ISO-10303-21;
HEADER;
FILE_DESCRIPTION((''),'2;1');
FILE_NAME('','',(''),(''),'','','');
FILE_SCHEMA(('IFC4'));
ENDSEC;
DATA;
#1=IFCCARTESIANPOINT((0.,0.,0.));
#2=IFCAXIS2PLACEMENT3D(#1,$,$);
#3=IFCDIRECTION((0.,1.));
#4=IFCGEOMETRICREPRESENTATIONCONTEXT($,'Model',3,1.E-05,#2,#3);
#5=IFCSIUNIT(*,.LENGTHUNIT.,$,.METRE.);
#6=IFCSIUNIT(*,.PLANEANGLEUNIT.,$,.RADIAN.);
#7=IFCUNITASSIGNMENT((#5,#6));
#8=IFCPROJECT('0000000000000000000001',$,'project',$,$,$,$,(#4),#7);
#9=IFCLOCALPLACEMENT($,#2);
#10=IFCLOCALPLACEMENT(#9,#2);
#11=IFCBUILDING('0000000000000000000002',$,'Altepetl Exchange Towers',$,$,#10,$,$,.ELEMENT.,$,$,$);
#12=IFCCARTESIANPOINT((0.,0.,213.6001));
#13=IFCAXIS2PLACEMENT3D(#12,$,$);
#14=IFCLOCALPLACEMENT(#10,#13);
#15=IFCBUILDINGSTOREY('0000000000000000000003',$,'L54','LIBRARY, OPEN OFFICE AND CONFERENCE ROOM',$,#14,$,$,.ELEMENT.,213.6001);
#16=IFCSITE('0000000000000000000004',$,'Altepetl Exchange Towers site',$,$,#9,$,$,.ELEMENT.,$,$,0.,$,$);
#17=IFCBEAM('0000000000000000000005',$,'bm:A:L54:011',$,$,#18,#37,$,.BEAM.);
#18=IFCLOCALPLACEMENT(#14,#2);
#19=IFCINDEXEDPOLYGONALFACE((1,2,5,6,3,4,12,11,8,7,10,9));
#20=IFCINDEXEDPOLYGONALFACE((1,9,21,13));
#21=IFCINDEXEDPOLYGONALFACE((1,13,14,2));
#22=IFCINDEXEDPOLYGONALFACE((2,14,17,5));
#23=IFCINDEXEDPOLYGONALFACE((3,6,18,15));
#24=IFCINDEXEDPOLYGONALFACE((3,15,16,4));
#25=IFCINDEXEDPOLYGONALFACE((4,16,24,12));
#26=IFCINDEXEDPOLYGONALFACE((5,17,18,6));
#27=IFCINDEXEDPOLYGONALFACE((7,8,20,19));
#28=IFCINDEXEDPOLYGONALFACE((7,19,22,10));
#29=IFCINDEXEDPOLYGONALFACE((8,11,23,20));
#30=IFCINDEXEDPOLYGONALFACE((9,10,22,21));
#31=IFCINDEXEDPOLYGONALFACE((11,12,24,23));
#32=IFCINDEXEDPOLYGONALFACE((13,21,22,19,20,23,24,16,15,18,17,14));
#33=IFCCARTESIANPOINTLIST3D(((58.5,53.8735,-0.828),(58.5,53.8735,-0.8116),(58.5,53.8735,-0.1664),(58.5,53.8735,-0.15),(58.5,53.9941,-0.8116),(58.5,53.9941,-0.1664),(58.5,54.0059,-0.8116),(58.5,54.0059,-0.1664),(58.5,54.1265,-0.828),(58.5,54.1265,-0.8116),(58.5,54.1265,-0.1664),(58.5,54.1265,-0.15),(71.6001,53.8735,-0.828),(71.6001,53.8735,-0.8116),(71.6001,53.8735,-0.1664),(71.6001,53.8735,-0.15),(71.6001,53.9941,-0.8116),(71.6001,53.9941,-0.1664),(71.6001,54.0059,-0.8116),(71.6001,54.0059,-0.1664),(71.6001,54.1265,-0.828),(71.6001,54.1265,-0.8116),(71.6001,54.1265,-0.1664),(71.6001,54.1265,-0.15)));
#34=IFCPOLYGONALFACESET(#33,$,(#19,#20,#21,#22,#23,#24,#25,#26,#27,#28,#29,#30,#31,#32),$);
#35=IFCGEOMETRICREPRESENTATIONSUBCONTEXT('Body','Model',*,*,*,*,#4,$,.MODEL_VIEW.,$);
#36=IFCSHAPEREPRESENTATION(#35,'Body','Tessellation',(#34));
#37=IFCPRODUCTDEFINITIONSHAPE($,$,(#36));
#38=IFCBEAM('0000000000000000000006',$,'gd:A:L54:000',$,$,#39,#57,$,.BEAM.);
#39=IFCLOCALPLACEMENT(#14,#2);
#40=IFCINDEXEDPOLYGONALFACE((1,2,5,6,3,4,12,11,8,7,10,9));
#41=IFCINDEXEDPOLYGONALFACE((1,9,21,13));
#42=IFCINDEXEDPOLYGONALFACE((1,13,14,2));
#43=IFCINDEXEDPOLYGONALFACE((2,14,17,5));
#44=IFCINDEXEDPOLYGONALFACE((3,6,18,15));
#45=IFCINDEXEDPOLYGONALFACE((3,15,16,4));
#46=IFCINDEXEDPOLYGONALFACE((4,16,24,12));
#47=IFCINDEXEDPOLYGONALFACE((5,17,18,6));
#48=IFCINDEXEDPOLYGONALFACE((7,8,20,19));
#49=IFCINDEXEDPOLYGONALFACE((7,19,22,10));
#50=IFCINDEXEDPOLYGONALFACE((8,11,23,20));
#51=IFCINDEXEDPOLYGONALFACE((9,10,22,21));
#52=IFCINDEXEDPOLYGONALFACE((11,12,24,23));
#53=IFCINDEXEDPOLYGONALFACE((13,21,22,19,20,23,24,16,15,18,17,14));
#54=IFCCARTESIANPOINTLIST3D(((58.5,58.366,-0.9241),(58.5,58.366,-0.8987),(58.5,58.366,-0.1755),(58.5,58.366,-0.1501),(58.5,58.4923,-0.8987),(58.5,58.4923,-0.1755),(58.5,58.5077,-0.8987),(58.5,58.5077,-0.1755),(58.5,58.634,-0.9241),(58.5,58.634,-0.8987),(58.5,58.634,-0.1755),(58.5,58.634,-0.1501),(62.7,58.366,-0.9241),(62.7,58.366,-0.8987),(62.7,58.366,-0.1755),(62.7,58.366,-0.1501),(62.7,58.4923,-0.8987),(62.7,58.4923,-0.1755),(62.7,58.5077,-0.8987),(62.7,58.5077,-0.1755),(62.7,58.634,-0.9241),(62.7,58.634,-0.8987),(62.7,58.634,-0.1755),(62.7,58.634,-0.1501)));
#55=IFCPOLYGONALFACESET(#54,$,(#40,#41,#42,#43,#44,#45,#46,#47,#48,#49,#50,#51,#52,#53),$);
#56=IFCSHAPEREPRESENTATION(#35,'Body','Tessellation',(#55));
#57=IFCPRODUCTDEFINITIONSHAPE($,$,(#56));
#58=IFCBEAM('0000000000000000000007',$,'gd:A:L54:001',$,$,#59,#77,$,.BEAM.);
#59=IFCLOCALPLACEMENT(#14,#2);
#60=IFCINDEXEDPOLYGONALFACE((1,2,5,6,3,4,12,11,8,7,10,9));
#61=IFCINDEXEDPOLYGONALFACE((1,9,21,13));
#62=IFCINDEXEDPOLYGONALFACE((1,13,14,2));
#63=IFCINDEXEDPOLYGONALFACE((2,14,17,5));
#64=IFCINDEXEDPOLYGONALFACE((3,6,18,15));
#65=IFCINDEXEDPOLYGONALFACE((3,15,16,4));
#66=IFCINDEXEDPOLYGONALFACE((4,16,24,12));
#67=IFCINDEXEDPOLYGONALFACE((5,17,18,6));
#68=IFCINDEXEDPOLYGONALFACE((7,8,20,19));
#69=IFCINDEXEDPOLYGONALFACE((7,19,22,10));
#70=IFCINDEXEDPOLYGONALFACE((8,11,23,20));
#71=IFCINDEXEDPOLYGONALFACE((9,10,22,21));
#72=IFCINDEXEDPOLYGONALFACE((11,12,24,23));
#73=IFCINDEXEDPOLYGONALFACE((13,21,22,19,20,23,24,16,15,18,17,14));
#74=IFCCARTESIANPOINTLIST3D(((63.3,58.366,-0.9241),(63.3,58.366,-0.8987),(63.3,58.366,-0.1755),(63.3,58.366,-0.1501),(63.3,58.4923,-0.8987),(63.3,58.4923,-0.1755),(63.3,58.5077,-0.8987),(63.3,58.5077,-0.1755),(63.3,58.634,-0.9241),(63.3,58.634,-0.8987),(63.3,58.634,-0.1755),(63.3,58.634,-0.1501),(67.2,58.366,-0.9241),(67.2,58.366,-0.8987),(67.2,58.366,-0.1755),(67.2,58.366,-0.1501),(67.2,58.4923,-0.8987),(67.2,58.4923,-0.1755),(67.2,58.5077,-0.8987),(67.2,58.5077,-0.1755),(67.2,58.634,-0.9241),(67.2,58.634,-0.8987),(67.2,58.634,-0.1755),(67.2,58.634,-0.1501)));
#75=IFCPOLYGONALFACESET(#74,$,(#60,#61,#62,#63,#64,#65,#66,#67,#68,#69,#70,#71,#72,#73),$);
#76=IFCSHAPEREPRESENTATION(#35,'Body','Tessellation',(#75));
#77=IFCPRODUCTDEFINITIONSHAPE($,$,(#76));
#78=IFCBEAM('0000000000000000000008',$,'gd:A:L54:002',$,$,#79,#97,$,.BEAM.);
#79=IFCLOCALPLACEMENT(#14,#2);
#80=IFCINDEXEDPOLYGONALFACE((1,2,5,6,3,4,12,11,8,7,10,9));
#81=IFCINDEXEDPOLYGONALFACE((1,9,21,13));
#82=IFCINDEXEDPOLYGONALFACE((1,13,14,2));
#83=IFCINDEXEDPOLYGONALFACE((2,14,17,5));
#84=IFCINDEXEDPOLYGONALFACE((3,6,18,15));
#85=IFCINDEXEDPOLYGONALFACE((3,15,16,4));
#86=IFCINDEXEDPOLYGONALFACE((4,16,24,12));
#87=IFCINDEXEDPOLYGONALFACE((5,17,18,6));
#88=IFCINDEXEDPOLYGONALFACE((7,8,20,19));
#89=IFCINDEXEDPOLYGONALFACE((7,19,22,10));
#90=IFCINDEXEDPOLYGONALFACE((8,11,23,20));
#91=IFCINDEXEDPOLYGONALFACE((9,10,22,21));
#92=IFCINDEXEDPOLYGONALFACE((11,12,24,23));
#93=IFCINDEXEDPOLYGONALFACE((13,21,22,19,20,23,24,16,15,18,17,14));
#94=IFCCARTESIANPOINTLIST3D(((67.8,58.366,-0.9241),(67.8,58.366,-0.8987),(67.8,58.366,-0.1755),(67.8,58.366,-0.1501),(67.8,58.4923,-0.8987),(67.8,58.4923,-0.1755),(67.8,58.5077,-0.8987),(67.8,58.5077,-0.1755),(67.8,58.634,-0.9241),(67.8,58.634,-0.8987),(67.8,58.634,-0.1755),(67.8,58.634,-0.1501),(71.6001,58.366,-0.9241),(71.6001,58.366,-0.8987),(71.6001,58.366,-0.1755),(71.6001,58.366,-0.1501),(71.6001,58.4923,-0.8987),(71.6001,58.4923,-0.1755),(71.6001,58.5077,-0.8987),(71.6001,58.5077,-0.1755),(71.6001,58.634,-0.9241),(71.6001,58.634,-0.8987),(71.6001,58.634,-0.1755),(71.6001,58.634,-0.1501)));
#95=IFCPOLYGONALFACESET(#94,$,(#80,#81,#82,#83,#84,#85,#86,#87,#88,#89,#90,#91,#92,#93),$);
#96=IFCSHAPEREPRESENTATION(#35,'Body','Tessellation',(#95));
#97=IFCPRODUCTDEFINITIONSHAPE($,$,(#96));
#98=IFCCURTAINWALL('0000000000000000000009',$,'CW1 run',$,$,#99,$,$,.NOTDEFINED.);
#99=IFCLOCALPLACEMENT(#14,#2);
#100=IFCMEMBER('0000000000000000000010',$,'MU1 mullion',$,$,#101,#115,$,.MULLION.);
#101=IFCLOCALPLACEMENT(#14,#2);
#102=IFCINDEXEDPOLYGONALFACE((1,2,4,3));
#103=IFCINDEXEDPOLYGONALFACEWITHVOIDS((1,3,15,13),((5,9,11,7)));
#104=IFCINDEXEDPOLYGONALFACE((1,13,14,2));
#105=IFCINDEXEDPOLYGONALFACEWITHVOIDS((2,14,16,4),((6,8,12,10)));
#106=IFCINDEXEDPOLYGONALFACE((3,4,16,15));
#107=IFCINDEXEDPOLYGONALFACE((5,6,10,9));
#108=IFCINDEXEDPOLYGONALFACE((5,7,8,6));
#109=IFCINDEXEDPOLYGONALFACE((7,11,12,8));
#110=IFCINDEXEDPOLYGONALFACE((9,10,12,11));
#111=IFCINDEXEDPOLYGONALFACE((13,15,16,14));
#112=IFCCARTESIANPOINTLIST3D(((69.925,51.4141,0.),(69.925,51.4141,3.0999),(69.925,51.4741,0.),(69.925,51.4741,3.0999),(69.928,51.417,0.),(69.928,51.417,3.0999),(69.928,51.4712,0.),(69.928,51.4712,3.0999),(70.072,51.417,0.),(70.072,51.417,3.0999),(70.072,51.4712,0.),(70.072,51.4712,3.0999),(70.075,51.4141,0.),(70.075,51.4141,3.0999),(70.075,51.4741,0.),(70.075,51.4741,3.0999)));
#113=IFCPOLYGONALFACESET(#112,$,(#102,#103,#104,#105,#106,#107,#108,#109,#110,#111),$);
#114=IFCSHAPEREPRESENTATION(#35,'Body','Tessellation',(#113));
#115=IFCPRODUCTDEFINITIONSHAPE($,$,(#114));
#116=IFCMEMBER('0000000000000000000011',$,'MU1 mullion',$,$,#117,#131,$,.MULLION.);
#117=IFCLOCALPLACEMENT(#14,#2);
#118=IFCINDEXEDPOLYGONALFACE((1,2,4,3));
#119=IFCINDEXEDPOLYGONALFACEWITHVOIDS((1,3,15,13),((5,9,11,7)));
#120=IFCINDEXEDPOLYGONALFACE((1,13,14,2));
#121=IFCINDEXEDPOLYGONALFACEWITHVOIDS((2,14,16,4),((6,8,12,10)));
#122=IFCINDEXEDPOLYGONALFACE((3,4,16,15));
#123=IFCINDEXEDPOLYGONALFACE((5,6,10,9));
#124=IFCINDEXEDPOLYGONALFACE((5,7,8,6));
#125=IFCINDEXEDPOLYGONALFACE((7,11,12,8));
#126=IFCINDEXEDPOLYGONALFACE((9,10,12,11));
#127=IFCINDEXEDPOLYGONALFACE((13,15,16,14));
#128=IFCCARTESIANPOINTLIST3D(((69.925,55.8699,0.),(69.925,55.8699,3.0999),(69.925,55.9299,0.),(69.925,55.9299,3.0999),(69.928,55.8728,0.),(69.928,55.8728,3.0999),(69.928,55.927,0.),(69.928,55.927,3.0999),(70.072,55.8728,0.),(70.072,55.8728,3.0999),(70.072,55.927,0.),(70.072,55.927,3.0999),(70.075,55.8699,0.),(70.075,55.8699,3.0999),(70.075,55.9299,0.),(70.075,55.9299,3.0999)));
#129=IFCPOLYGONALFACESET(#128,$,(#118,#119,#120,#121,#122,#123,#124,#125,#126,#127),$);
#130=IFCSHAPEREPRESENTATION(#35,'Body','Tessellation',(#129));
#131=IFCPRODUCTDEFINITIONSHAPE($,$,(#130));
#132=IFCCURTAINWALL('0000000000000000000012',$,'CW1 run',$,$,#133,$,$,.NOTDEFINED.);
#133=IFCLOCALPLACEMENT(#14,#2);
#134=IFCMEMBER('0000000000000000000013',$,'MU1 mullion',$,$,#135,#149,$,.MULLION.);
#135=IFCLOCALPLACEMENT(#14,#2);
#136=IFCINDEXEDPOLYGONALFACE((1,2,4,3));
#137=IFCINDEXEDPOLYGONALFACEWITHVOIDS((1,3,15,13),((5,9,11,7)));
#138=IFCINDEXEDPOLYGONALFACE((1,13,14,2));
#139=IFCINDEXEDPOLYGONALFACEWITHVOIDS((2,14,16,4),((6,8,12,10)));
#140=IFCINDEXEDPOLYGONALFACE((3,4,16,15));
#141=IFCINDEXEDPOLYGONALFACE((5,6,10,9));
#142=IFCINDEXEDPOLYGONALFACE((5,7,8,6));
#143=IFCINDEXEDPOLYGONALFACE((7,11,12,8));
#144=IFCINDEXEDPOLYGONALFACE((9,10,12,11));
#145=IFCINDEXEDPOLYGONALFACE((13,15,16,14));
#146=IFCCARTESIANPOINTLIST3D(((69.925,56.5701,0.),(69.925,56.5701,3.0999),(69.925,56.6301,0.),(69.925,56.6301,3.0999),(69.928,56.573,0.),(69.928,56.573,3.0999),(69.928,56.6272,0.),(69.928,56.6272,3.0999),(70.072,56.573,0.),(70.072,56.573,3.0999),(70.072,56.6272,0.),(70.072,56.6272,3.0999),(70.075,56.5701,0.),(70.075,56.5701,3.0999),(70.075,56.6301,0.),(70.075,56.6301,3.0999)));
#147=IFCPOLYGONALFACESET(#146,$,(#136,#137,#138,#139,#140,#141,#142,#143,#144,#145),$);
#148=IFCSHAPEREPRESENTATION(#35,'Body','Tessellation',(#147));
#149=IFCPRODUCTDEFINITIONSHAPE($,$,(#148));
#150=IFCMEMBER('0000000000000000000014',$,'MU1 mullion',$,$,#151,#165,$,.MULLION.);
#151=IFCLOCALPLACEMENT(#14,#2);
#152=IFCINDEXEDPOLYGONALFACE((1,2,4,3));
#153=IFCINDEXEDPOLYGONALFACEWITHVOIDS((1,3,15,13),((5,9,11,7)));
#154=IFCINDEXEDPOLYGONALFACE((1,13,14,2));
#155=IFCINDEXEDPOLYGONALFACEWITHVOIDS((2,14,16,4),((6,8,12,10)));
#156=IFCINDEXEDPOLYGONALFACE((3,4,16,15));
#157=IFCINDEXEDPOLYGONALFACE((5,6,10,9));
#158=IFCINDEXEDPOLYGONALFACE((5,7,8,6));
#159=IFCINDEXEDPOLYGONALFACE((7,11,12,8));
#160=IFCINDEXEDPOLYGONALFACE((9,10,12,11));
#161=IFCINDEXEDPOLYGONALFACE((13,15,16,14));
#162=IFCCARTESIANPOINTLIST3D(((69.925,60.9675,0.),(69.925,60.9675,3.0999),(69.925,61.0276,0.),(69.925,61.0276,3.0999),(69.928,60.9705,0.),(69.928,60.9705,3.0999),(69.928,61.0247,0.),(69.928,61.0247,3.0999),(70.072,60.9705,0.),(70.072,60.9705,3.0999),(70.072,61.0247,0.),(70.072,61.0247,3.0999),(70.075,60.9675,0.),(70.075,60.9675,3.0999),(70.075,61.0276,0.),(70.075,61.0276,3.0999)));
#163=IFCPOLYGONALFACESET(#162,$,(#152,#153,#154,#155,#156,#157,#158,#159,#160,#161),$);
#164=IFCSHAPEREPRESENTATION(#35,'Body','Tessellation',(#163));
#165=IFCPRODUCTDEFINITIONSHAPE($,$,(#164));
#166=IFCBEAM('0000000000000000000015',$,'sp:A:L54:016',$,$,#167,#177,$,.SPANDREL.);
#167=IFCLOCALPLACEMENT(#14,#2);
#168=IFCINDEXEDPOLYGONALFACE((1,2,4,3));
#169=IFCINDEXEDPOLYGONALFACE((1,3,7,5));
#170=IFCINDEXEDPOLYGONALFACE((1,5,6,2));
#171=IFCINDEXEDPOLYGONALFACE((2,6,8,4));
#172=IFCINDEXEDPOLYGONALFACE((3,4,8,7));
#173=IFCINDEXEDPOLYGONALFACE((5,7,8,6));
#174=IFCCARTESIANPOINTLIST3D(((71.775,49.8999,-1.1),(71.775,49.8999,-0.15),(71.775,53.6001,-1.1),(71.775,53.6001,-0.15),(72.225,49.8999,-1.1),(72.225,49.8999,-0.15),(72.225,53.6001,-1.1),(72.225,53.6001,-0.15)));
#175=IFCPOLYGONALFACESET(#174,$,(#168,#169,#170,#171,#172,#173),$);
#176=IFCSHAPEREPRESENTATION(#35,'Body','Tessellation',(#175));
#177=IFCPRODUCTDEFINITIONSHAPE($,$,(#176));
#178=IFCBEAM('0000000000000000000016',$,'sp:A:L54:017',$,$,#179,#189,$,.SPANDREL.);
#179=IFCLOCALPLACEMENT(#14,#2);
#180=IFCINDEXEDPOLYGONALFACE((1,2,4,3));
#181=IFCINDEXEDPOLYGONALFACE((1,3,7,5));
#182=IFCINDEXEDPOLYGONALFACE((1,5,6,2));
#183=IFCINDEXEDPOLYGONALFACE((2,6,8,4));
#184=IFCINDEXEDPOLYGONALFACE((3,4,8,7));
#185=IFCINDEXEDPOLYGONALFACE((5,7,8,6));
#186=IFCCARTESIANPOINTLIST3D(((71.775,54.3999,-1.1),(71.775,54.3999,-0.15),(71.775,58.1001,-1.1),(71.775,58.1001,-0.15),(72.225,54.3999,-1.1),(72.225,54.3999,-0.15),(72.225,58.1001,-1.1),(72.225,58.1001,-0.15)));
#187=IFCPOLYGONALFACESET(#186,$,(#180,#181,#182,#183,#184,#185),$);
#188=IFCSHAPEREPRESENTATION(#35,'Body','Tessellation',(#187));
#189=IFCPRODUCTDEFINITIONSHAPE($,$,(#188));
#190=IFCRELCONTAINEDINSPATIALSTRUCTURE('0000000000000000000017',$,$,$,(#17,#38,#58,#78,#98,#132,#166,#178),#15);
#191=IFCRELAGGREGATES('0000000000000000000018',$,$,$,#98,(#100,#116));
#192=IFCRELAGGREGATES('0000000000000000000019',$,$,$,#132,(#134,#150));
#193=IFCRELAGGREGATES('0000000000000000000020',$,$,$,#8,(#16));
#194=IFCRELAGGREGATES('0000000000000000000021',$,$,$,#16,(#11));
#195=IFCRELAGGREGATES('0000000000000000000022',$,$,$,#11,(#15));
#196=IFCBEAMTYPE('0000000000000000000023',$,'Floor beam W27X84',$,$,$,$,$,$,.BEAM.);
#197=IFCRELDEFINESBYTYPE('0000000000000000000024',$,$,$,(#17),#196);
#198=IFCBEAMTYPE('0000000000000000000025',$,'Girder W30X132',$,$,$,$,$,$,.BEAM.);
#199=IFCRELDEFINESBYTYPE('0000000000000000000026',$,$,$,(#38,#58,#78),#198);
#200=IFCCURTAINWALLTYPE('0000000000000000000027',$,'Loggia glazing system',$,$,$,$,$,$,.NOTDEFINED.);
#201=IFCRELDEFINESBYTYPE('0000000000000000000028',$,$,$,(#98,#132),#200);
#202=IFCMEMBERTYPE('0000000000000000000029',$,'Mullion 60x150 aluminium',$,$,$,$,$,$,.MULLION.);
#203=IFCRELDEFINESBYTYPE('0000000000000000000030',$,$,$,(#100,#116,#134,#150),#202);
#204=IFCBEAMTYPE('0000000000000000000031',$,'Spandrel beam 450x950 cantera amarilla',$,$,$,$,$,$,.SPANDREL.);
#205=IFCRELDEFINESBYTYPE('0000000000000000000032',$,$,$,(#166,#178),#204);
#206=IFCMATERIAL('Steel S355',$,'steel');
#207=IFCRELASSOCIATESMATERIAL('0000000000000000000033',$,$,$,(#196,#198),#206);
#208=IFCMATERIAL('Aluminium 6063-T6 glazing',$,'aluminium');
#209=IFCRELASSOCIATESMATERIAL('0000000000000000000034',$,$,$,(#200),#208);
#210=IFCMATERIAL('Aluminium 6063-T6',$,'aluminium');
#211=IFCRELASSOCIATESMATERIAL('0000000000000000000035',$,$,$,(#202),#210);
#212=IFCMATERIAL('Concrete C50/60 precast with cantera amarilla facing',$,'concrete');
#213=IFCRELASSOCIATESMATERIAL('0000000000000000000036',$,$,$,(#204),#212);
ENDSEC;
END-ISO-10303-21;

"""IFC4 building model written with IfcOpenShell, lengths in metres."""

from ifc_helpers import new_model, si_unit, direction, frame, origin, origin_2d, place, context, subcontext, project, spatial, rectangle, hollow_rectangle, i_section, extrude, material, material_profile, profile_set, type_object, element, aggregate, save


model = new_model("IFC4")

# Units and contexts
model_context = context("Model", 3, precision=1e-05, world=origin(), true_north=direction((0.0, 1.0)))
body_context = subcontext(model_context, "Body", "Model", "MODEL_VIEW")
ifc_project = project(units=[si_unit("LENGTHUNIT", "METRE"), si_unit("PLANEANGLEUNIT", "RADIAN")], contexts=[model_context])

# Site, building, storey
site_placement = place(None, origin())
site = spatial("IfcSite", under=ifc_project, at=site_placement, Name="Altepetl Exchange Towers site", CompositionType="ELEMENT", RefElevation=0.0)
building_placement = place(site_placement, origin())
building = spatial("IfcBuilding", under=site, at=building_placement, Name="Altepetl Exchange Towers", CompositionType="ELEMENT")
storey_placement = place(building_placement, frame((0.0, 0.0, 213.6001)))
storey = spatial("IfcBuildingStorey", under=building, at=storey_placement, Name="L54", Description="LIBRARY, OPEN OFFICE AND CONFERENCE ROOM", CompositionType="ELEMENT", Elevation=213.6001)

# Beams
ifc_material_1 = material(Name="Steel S355", Category="steel")
ifc_material_profile_1 = material_profile(ifc_material_1, i_section(OverallWidth=0.2529, OverallDepth=0.678, WebThickness=0.0117, FlangeThickness=0.0164, at=origin_2d()), Name="W27X84")
ifc_profile_set_1 = profile_set([ifc_material_profile_1], Name="Steel S355")
beam_type_1 = type_object("IfcBeamType", Name="Floor beam W27X84", PredefinedType="BEAM", material=ifc_profile_set_1)
for number, where, z_axis, x_axis, name in (
    (1, (58.5, 54.0, -0.489), (1.0, 0.0, 0.0), (0.0, 1.0, 0.0), "bm:A:L54:011"),
):
    element("IfcBeam", number, at=place(storey_placement, frame(where, z_axis=z_axis, x_axis=x_axis)), inside=storey, type_object=beam_type_1, Name=name, PredefinedType="BEAM", context=body_context, shape_type="SweptSolid", body=[
        extrude(i_section(OverallWidth=0.2529, OverallDepth=0.678, WebThickness=0.0117, FlangeThickness=0.0164, at=origin_2d()), origin(), (0.0, 0.0, 1.0), 13.1001),
    ])
ifc_material_profile_2 = material_profile(ifc_material_1, i_section(OverallWidth=0.2681, OverallDepth=0.7739, WebThickness=0.0154, FlangeThickness=0.0254, at=origin_2d()), Name="W30X132")
ifc_profile_set_2 = profile_set([ifc_material_profile_2], Name="Steel S355")
beam_type_2 = type_object("IfcBeamType", Name="Girder W30X132", PredefinedType="BEAM", material=ifc_profile_set_2)
beam_1_placement = place(storey_placement, frame((58.5, 58.5, -0.5371), z_axis=(1.0, 0.0, 0.0), x_axis=(0.0, 1.0, 0.0)))
element("IfcBeam", 2, at=beam_1_placement, inside=storey, type_object=beam_type_2, Name="gd:A:L54:000", PredefinedType="BEAM", context=body_context, shape_type="SweptSolid", body=[
    extrude(i_section(OverallWidth=0.2681, OverallDepth=0.7739, WebThickness=0.0154, FlangeThickness=0.0254, at=origin_2d()), origin(), (0.0, 0.0, 1.0), 4.2),
])
beam_2_placement = place(storey_placement, frame((63.3, 58.5, -0.5371), z_axis=(1.0, 0.0, 0.0), x_axis=(0.0, 1.0, 0.0)))
element("IfcBeam", 3, at=beam_2_placement, inside=storey, type_object=beam_type_2, Name="gd:A:L54:001", PredefinedType="BEAM", context=body_context, shape_type="SweptSolid", body=[
    extrude(i_section(OverallWidth=0.2681, OverallDepth=0.7739, WebThickness=0.0154, FlangeThickness=0.0254, at=origin_2d()), origin(), (0.0, 0.0, 1.0), 3.8999),
])
beam_3_placement = place(storey_placement, frame((67.8, 58.5, -0.5371), z_axis=(1.0, 0.0, 0.0), x_axis=(0.0, 1.0, 0.0)))
element("IfcBeam", 4, at=beam_3_placement, inside=storey, type_object=beam_type_2, Name="gd:A:L54:002", PredefinedType="BEAM", context=body_context, shape_type="SweptSolid", body=[
    extrude(i_section(OverallWidth=0.2681, OverallDepth=0.7739, WebThickness=0.0154, FlangeThickness=0.0254, at=origin_2d()), origin(), (0.0, 0.0, 1.0), 3.8),
])

# Curtain walls, members
ifc_material_2 = material(Name="Aluminium 6063-T6 glazing", Category="aluminium")
curtain_wall_type = type_object("IfcCurtainWallType", Name="Loggia glazing system", PredefinedType="NOTDEFINED", material=ifc_material_2)
curtain_wall_1_placement = place(storey_placement, origin())
curtain_wall_1 = element("IfcCurtainWall", 5, at=curtain_wall_1_placement, inside=storey, type_object=curtain_wall_type, Name="CW1 run", PredefinedType="NOTDEFINED")
ifc_material_3 = material(Name="Aluminium 6063-T6", Category="aluminium")
ifc_material_profile_3 = material_profile(ifc_material_3, hollow_rectangle(XDim=0.0601, YDim=0.1499, WallThickness=0.0029, at=origin_2d()), Name="Mullion 60x150 aluminium")
ifc_profile_set_3 = profile_set([ifc_material_profile_3], Name="Aluminium 6063-T6")
member_type = type_object("IfcMemberType", Name="Mullion 60x150 aluminium", PredefinedType="MULLION", material=ifc_profile_set_3)
member_1_placement = place(storey_placement, frame((70.0, 51.4441, 0.0), z_axis=(0.0, 0.0, 1.0), x_axis=(0.0, 1.0, 0.0)))
member_1 = element("IfcMember", 6, at=member_1_placement, type_object=member_type, Name="MU1 mullion", PredefinedType="MULLION", context=body_context, shape_type="SweptSolid", body=[
    extrude(hollow_rectangle(XDim=0.0601, YDim=0.1499, WallThickness=0.0029, at=origin_2d()), origin(), (0.0, 0.0, 1.0), 3.0999),
])
member_2_placement = place(storey_placement, frame((70.0, 55.8999, 0.0), z_axis=(0.0, 0.0, 1.0), x_axis=(0.0, 1.0, 0.0)))
member_2 = element("IfcMember", 7, at=member_2_placement, type_object=member_type, Name="MU1 mullion", PredefinedType="MULLION", context=body_context, shape_type="SweptSolid", body=[
    extrude(hollow_rectangle(XDim=0.0601, YDim=0.1499, WallThickness=0.0029, at=origin_2d()), origin(), (0.0, 0.0, 1.0), 3.0999),
])
curtain_wall_2_placement = place(storey_placement, origin())
curtain_wall_2 = element("IfcCurtainWall", 8, at=curtain_wall_2_placement, inside=storey, type_object=curtain_wall_type, Name="CW1 run", PredefinedType="NOTDEFINED")
member_3_placement = place(storey_placement, frame((70.0, 56.6001, 0.0), z_axis=(0.0, 0.0, 1.0), x_axis=(0.0, 1.0, 0.0)))
member_3 = element("IfcMember", 9, at=member_3_placement, type_object=member_type, Name="MU1 mullion", PredefinedType="MULLION", context=body_context, shape_type="SweptSolid", body=[
    extrude(hollow_rectangle(XDim=0.0601, YDim=0.1499, WallThickness=0.0029, at=origin_2d()), origin(), (0.0, 0.0, 1.0), 3.0999),
])
member_4_placement = place(storey_placement, frame((70.0, 60.9976, 0.0), z_axis=(0.0, 0.0, 1.0), x_axis=(0.0, 1.0, 0.0)))
member_4 = element("IfcMember", 10, at=member_4_placement, type_object=member_type, Name="MU1 mullion", PredefinedType="MULLION", context=body_context, shape_type="SweptSolid", body=[
    extrude(hollow_rectangle(XDim=0.0601, YDim=0.1499, WallThickness=0.0029, at=origin_2d()), origin(), (0.0, 0.0, 1.0), 3.0999),
])

# Beams
ifc_material_4 = material(Name="Concrete C50/60 precast with cantera amarilla facing", Category="concrete")
ifc_material_profile_4 = material_profile(ifc_material_4, rectangle(XDim=0.45, YDim=0.95, at=origin_2d()), Name="450 x 950")
ifc_profile_set_4 = profile_set([ifc_material_profile_4], Name="Concrete C50/60 precast with cantera amarilla facing")
beam_type_3 = type_object("IfcBeamType", Name="Spandrel beam 450x950 cantera amarilla", PredefinedType="SPANDREL", material=ifc_profile_set_4)
for number, where, z_axis, x_axis, name in (
    (11, (72.0, 49.8999, -0.625), (0.0, 1.0, 0.0), (-1.0, 0.0, 0.0), "sp:A:L54:016"),
    (12, (72.0, 54.3999, -0.625), (0.0, 1.0, 0.0), (-1.0, 0.0, 0.0), "sp:A:L54:017"),
):
    element("IfcBeam", number, at=place(storey_placement, frame(where, z_axis=z_axis, x_axis=x_axis)), inside=storey, type_object=beam_type_3, Name=name, PredefinedType="SPANDREL", context=body_context, shape_type="SweptSolid", body=[
        extrude(rectangle(XDim=0.45, YDim=0.95, at=origin_2d()), origin(), (0.0, 0.0, 1.0), 3.7002),
    ])

aggregate(curtain_wall_1, [member_1, member_2])
aggregate(curtain_wall_2, [member_3, member_4])

save(model, "model.ifc")
